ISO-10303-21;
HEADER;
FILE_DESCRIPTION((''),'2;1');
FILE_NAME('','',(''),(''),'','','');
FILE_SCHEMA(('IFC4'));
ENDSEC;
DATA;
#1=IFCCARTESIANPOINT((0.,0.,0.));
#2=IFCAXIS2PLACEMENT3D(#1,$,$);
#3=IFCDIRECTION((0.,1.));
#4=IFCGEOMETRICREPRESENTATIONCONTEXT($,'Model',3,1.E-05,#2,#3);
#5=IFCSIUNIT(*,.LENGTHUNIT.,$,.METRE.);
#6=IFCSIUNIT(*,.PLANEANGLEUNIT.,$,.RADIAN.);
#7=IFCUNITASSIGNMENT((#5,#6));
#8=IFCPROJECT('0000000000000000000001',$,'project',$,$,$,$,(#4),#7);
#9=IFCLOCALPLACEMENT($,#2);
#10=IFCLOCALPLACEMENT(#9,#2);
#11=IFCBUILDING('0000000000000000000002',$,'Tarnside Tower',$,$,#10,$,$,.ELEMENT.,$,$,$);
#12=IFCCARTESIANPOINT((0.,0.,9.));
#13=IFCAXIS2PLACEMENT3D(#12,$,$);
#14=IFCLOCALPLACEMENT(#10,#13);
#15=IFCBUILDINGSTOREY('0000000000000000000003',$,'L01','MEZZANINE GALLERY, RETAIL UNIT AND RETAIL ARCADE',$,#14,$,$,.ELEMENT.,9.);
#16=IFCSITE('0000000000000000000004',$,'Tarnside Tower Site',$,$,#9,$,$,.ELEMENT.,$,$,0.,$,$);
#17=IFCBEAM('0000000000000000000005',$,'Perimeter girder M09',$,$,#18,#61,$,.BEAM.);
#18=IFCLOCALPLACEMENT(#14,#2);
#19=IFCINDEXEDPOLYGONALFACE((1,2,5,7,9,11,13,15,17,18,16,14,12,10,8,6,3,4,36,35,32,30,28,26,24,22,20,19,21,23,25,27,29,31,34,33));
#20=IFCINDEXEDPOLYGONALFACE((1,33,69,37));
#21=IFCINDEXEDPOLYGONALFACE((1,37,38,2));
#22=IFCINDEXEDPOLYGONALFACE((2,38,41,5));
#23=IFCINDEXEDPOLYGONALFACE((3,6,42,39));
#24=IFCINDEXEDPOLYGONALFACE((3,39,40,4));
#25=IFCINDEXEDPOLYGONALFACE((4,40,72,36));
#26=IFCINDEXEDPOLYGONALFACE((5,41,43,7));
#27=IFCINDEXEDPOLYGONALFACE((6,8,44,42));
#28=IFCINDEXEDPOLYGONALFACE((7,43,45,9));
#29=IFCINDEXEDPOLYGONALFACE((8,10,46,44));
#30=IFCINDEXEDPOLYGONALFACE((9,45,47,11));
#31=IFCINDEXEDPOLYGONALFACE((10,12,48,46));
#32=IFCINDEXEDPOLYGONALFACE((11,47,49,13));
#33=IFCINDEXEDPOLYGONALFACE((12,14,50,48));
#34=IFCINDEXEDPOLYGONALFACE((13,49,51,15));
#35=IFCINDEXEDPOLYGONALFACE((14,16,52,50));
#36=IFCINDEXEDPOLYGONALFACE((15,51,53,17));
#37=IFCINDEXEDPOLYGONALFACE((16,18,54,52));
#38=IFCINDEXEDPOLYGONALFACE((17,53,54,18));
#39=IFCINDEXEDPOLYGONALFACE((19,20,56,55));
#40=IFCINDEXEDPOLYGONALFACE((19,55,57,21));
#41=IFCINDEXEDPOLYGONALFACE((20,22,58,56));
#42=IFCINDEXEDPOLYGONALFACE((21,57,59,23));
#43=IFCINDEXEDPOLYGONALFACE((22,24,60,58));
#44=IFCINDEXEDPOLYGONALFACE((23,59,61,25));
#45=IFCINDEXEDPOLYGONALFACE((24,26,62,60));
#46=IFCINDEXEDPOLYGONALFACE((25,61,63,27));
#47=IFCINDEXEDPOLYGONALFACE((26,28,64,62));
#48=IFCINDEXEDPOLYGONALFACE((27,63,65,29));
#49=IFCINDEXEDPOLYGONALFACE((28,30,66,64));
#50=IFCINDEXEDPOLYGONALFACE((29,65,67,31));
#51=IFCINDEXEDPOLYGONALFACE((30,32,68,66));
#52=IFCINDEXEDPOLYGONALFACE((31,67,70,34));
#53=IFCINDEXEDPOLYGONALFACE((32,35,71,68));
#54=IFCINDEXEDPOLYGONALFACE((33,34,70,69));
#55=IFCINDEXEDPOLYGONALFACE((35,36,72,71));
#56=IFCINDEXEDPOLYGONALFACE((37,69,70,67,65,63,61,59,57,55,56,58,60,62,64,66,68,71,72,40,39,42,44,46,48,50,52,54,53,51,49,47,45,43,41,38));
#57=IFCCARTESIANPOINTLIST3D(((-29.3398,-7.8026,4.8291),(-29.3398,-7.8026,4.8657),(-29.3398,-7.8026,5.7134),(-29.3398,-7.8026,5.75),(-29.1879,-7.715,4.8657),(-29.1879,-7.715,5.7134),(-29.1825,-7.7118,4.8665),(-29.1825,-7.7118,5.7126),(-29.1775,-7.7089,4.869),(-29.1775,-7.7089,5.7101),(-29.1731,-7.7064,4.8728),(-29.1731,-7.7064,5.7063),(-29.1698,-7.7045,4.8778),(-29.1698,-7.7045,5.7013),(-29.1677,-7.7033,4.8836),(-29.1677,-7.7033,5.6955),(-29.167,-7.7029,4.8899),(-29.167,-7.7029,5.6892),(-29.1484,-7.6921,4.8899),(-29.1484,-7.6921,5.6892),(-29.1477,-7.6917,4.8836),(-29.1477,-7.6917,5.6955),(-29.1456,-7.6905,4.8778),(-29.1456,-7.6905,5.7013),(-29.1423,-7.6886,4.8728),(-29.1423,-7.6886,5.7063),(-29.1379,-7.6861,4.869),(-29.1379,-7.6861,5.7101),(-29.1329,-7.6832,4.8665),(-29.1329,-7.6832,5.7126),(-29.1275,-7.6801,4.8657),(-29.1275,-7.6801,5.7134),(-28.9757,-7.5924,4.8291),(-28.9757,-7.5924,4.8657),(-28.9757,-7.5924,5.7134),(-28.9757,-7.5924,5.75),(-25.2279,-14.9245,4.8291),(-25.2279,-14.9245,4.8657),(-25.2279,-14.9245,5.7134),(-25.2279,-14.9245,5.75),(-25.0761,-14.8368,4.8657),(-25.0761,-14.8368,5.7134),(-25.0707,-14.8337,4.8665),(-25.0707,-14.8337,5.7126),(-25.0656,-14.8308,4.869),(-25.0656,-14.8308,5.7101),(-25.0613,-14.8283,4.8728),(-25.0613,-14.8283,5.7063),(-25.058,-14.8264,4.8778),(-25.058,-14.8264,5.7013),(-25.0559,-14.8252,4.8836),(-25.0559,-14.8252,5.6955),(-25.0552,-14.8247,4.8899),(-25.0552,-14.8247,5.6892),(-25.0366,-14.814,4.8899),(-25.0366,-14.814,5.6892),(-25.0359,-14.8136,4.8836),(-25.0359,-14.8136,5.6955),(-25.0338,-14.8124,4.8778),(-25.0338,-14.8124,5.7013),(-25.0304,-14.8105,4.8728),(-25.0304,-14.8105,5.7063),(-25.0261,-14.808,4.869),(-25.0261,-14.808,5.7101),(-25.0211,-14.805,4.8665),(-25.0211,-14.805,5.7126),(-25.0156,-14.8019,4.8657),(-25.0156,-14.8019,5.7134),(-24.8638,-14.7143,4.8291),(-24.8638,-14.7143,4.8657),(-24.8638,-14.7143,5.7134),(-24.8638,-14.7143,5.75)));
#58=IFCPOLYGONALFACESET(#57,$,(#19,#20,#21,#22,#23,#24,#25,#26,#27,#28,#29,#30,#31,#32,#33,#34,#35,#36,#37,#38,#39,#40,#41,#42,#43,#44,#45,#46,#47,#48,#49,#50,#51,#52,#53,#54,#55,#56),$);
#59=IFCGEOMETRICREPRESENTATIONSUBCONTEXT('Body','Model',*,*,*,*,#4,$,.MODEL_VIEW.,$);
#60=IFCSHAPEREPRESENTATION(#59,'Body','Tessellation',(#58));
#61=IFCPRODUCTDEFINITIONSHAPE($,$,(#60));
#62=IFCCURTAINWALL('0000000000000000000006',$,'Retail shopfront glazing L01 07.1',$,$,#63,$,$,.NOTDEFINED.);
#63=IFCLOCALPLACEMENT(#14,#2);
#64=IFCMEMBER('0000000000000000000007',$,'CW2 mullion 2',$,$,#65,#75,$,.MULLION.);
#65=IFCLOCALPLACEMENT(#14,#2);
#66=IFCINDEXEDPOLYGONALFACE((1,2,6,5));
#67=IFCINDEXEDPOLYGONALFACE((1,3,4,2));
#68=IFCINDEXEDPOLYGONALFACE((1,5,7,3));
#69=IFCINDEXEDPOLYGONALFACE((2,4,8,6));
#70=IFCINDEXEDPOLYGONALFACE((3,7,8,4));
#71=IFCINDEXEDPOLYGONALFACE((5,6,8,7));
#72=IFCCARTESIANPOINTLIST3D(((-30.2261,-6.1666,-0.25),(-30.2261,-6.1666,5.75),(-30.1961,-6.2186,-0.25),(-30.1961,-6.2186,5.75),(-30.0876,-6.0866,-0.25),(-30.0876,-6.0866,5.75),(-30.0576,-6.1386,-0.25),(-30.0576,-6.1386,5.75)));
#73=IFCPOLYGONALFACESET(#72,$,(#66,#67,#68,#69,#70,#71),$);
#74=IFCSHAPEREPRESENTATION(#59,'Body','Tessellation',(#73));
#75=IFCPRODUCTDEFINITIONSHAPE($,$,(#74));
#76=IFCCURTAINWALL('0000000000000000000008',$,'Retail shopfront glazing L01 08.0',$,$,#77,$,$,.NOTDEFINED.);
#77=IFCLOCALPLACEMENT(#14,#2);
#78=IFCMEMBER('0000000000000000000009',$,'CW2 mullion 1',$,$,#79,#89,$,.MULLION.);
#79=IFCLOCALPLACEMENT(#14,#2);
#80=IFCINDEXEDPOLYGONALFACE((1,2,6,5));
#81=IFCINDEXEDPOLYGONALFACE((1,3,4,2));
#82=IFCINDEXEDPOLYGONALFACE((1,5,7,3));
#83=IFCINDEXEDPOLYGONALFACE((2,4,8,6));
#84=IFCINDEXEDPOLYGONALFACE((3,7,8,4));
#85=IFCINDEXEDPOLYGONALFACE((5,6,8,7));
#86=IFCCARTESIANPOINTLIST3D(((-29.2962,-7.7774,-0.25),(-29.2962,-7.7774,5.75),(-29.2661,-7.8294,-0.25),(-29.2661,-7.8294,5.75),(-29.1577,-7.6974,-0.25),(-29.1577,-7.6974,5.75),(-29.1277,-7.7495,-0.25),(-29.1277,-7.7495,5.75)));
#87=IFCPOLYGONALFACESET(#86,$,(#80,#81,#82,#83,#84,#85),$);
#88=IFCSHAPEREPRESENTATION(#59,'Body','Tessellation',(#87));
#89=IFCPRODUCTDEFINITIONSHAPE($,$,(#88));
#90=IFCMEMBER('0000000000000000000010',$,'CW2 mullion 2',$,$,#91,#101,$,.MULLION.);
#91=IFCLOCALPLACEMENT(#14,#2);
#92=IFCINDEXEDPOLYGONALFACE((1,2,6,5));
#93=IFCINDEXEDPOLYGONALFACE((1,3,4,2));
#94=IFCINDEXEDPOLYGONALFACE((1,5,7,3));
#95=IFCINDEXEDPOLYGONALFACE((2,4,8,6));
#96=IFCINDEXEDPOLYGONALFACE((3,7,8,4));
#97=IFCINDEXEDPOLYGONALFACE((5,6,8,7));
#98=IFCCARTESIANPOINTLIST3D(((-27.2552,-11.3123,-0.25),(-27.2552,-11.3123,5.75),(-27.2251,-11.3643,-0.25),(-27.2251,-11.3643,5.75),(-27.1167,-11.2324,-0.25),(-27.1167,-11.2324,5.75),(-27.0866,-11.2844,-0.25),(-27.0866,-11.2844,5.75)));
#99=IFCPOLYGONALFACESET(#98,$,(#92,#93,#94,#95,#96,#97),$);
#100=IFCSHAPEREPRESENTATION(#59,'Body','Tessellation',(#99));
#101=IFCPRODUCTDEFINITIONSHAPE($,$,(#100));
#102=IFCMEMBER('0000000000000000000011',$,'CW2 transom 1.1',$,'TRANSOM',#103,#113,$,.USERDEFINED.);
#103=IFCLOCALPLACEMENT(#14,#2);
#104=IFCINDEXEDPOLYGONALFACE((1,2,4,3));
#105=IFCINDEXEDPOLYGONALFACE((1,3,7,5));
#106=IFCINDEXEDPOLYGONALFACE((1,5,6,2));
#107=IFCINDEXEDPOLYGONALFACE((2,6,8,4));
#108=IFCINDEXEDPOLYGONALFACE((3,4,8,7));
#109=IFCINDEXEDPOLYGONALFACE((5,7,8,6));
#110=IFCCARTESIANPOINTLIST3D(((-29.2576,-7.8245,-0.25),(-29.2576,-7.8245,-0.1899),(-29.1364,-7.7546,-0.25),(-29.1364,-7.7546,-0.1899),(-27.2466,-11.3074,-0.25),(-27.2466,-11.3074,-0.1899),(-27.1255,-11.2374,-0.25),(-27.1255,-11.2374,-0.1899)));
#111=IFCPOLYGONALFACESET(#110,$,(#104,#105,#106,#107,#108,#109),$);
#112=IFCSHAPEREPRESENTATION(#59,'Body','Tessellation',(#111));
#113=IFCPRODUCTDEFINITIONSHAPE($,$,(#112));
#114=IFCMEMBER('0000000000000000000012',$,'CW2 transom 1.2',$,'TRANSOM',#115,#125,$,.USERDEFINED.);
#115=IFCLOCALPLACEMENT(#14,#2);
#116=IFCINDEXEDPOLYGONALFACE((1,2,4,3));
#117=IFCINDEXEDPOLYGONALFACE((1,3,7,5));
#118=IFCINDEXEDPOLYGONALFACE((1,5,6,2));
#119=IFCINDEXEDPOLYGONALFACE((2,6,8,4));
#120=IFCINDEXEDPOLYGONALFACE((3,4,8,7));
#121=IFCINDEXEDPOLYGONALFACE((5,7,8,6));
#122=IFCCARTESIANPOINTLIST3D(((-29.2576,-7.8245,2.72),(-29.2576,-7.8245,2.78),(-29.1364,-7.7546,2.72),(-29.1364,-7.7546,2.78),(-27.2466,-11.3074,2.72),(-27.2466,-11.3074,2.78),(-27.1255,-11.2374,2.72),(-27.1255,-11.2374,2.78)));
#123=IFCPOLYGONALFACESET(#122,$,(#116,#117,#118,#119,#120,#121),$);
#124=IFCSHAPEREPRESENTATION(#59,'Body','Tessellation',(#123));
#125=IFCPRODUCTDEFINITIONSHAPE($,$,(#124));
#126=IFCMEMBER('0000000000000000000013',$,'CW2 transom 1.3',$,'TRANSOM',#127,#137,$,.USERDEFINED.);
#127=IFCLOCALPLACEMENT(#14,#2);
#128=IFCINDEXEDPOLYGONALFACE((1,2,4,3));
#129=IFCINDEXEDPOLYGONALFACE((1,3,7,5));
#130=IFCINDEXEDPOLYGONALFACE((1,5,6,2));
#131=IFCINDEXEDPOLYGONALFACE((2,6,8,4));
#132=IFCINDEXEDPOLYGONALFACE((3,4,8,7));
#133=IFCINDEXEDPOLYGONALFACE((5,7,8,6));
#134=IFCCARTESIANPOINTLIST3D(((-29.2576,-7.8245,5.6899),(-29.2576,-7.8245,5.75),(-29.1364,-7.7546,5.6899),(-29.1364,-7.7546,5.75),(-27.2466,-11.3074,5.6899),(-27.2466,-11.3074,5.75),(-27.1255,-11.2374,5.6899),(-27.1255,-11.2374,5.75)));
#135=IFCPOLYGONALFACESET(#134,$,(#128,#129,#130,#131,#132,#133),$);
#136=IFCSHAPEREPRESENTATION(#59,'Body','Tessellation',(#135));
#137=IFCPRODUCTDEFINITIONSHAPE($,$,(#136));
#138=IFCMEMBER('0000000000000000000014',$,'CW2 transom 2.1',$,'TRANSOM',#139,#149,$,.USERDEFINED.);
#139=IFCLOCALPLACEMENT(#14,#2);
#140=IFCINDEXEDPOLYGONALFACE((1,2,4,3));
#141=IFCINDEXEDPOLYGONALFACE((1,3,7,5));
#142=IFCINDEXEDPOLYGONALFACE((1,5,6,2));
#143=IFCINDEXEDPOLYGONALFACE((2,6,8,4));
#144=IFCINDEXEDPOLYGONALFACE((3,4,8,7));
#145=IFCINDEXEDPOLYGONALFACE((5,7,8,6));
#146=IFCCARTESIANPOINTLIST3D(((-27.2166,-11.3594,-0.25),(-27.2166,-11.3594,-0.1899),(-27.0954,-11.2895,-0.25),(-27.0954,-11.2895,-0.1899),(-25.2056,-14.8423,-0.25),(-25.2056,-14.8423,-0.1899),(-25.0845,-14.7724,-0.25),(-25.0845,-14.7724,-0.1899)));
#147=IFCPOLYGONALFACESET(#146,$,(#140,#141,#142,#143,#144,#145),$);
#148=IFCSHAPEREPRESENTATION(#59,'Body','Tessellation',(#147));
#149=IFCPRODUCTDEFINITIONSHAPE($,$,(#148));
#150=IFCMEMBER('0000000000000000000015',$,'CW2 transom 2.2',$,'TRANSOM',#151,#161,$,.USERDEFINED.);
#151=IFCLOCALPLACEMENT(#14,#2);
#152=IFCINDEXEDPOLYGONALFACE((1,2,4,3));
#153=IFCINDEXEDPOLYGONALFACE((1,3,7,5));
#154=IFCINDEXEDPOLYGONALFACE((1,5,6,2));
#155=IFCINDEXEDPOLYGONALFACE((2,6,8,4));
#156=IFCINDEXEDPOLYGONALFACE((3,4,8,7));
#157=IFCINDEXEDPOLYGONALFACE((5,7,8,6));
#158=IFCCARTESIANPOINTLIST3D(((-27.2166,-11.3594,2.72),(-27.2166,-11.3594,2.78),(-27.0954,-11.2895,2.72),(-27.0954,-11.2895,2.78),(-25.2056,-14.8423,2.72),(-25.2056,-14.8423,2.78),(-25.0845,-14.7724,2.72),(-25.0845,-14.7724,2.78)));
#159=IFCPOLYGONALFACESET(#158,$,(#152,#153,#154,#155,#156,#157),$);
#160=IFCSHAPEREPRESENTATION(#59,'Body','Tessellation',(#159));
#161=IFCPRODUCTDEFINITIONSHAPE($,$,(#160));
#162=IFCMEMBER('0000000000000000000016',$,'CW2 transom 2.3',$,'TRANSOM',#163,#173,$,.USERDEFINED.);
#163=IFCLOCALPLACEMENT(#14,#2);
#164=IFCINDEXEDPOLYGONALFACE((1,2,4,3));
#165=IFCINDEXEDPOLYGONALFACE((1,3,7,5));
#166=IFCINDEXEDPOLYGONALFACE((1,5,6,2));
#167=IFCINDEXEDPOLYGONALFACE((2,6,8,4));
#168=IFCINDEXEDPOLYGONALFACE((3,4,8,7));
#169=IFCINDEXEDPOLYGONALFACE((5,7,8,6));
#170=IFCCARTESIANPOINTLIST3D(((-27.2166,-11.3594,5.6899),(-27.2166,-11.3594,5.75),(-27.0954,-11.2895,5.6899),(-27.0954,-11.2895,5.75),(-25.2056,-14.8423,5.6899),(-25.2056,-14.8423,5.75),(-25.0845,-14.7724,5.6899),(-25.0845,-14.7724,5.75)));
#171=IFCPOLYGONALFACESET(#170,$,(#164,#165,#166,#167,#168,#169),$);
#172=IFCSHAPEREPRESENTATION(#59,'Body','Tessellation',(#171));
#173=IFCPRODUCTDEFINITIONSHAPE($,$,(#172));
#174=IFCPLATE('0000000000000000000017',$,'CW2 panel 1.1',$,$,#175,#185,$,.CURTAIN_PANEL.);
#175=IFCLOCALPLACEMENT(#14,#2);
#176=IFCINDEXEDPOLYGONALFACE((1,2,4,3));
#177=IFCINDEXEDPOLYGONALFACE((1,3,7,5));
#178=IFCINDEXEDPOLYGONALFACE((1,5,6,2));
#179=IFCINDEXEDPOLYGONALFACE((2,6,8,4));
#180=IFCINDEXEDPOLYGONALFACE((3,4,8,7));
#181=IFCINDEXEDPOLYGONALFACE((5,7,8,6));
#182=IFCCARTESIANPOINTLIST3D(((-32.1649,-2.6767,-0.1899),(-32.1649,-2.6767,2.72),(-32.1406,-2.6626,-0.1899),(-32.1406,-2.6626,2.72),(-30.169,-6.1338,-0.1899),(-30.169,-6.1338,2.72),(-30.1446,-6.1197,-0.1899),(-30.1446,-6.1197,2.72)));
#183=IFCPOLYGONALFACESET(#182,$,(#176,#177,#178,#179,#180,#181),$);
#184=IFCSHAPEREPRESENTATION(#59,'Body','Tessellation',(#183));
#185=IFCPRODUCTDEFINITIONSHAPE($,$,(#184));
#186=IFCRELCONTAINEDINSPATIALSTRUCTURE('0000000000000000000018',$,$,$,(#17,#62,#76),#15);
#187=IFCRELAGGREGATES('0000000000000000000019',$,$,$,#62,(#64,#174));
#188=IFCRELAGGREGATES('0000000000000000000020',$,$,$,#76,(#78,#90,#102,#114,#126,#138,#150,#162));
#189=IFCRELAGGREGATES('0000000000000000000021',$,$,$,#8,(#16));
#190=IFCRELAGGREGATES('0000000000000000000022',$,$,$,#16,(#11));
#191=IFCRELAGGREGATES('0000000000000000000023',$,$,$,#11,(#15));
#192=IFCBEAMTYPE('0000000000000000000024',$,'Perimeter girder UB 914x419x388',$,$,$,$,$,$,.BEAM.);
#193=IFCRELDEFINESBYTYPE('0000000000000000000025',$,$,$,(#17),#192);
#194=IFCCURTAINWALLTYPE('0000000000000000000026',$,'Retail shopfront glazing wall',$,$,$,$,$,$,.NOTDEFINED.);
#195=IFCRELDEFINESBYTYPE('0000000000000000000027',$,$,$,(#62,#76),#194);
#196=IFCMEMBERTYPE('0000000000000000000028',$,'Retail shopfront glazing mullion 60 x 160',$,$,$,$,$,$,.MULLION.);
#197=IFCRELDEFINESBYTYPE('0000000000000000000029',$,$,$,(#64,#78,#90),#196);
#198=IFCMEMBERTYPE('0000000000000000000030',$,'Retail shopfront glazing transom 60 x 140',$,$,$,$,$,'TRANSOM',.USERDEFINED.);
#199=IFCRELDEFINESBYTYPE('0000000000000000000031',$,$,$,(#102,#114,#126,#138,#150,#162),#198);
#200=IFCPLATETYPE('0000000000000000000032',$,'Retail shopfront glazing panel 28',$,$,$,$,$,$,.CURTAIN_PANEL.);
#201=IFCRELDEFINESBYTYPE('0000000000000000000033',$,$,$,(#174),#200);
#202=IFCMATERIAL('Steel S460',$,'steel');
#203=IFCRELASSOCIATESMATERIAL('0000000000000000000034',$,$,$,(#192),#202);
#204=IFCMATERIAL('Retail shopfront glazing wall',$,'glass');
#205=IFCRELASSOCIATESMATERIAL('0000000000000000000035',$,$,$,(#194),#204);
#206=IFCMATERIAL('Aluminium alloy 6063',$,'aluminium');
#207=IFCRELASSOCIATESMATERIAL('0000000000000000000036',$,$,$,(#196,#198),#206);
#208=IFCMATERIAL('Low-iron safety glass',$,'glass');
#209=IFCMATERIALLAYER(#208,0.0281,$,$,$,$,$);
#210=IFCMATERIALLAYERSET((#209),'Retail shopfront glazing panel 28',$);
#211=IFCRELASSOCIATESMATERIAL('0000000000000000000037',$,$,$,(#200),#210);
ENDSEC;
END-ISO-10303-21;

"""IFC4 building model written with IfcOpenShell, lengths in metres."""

from ifc_helpers import new_model, si_unit, direction, frame, origin, origin_2d, place, context, subcontext, project, spatial, rectangle, i_section, extrude, material, layer, layer_set, material_profile, profile_set, type_object, element, aggregate, save


model = new_model("IFC4")

# Units and contexts
model_context = context("Model", 3, precision=1e-05, world=origin(), true_north=direction((0.0, 1.0)))
body_context = subcontext(model_context, "Body", "Model", "MODEL_VIEW")
ifc_project = project(units=[si_unit("LENGTHUNIT", "METRE"), si_unit("PLANEANGLEUNIT", "RADIAN")], contexts=[model_context])

# Site, building, storey
site_placement = place(None, origin())
site = spatial("IfcSite", under=ifc_project, at=site_placement, Name="Tarnside Tower Site", CompositionType="ELEMENT", RefElevation=0.0)
building_placement = place(site_placement, origin())
building = spatial("IfcBuilding", under=site, at=building_placement, Name="Tarnside Tower", CompositionType="ELEMENT")
storey_placement = place(building_placement, frame((0.0, 0.0, 9.0)))
storey = spatial("IfcBuildingStorey", under=building, at=storey_placement, Name="L01", Description="MEZZANINE GALLERY, RETAIL UNIT AND RETAIL ARCADE", CompositionType="ELEMENT", Elevation=9.0)

# Beam
ifc_material_1 = material(Name="Steel S460", Category="steel")
ifc_material_profile_1 = material_profile(ifc_material_1, i_section(OverallWidth=0.4204, OverallDepth=0.9209, WebThickness=0.0215, FlangeThickness=0.0366, FilletRadius=0.0242, at=origin_2d()), Name="UB 914x419x388")
ifc_profile_set_1 = profile_set([ifc_material_profile_1], Name="Steel S460")
beam_type_1 = type_object("IfcBeamType", Name="Perimeter girder UB 914x419x388", PredefinedType="BEAM", material=ifc_profile_set_1)
beam_1_placement = place(storey_placement, frame((-29.1577, -7.6975, 5.2896), z_axis=(0.500003, -0.866024, 0.0), x_axis=(0.866024, 0.500003, 0.0)))
element("IfcBeam", 1, at=beam_1_placement, inside=storey, type_object=beam_type_1, Name="Perimeter girder M09", PredefinedType="BEAM", context=body_context, shape_type="SweptSolid", body=[
    extrude(i_section(OverallWidth=0.4204, OverallDepth=0.9209, WebThickness=0.0215, FlangeThickness=0.0366, FilletRadius=0.0242, at=origin_2d()), origin(), (0.0, 0.0, 1.0), 8.2236),
])

# Curtain wall, member
ifc_material_2 = material(Name="Retail shopfront glazing wall", Category="glass")
curtain_wall_type = type_object("IfcCurtainWallType", Name="Retail shopfront glazing wall", PredefinedType="NOTDEFINED", material=ifc_material_2)
curtain_wall_1_placement = place(storey_placement, origin())
curtain_wall_1 = element("IfcCurtainWall", 2, at=curtain_wall_1_placement, inside=storey, type_object=curtain_wall_type, Name="Retail shopfront glazing L01 07.1", PredefinedType="NOTDEFINED")
ifc_material_3 = material(Name="Aluminium alloy 6063", Category="aluminium")
ifc_material_profile_2 = material_profile(ifc_material_3, rectangle(XDim=0.1599, YDim=0.0601, at=origin_2d()), Name="Retail shopfront glazing mullion 60 x 160")
ifc_profile_set_2 = profile_set([ifc_material_profile_2], Name="Aluminium alloy 6063")
member_type_1 = type_object("IfcMemberType", Name="Retail shopfront glazing mullion 60 x 160", PredefinedType="MULLION", material=ifc_profile_set_2)
member_1_placement = place(storey_placement, frame((-30.1418, -6.1526, -0.25), z_axis=(0.0, 0.0, 1.0), x_axis=(0.866025, 0.5, 0.0)))
member_1 = element("IfcMember", 3, at=member_1_placement, type_object=member_type_1, Name="CW2 mullion 2", PredefinedType="MULLION", context=body_context, shape_type="SweptSolid", body=[
    extrude(rectangle(XDim=0.1599, YDim=0.0601, at=origin_2d()), origin(), (0.0, 0.0, 1.0), 6.0),
])

# Curtain wall, members
curtain_wall_2_placement = place(storey_placement, origin())
curtain_wall_2 = element("IfcCurtainWall", 4, at=curtain_wall_2_placement, inside=storey, type_object=curtain_wall_type, Name="Retail shopfront glazing L01 08.0", PredefinedType="NOTDEFINED")
member_2_placement = place(storey_placement, frame((-29.2119, -7.7634, -0.25), z_axis=(0.0, 0.0, 1.0), x_axis=(0.866025, 0.5, 0.0)))
member_2 = element("IfcMember", 5, at=member_2_placement, type_object=member_type_1, Name="CW2 mullion 1", PredefinedType="MULLION", context=body_context, shape_type="SweptSolid", body=[
    extrude(rectangle(XDim=0.1599, YDim=0.0601, at=origin_2d()), origin(), (0.0, 0.0, 1.0), 6.0),
])
member_3_placement = place(storey_placement, frame((-27.1709, -11.2983, -0.25), z_axis=(0.0, 0.0, 1.0), x_axis=(0.866025, 0.5, 0.0)))
member_3 = element("IfcMember", 6, at=member_3_placement, type_object=member_type_1, Name="CW2 mullion 2", PredefinedType="MULLION", context=body_context, shape_type="SweptSolid", body=[
    extrude(rectangle(XDim=0.1599, YDim=0.0601, at=origin_2d()), origin(), (0.0, 0.0, 1.0), 6.0),
])
ifc_material_profile_3 = material_profile(ifc_material_3, rectangle(XDim=0.1399, YDim=0.0601, at=origin_2d()), Name="Retail shopfront glazing transom 60 x 140")
ifc_profile_set_3 = profile_set([ifc_material_profile_3], Name="Aluminium alloy 6063")
member_type_2 = type_object("IfcMemberType", Name="Retail shopfront glazing transom 60 x 140", ElementType="TRANSOM", PredefinedType="USERDEFINED", material=ifc_profile_set_3)
member_4_placement = place(storey_placement, frame((-29.197, -7.7896, -0.22), z_axis=(0.500024, -0.866012, 0.0), x_axis=(0.866012, 0.500024, 0.0)))
member_4 = element("IfcMember", 7, at=member_4_placement, type_object=member_type_2, Name="CW2 transom 1.1", ObjectType="TRANSOM", PredefinedType="USERDEFINED", context=body_context, shape_type="SweptSolid", body=[
    extrude(rectangle(XDim=0.1399, YDim=0.0601, at=origin_2d()), origin(), (0.0, 0.0, 1.0), 4.0217),
])
member_5_placement = place(storey_placement, frame((-29.197, -7.7896, 2.75), z_axis=(0.500024, -0.866012, 0.0), x_axis=(0.866012, 0.500024, 0.0)))
member_5 = element("IfcMember", 8, at=member_5_placement, type_object=member_type_2, Name="CW2 transom 1.2", ObjectType="TRANSOM", PredefinedType="USERDEFINED", context=body_context, shape_type="SweptSolid", body=[
    extrude(rectangle(XDim=0.1399, YDim=0.0601, at=origin_2d()), origin(), (0.0, 0.0, 1.0), 4.0217),
])
member_6_placement = place(storey_placement, frame((-29.197, -7.7896, 5.72), z_axis=(0.500024, -0.866012, 0.0), x_axis=(0.866012, 0.500024, 0.0)))
member_6 = element("IfcMember", 9, at=member_6_placement, type_object=member_type_2, Name="CW2 transom 1.3", ObjectType="TRANSOM", PredefinedType="USERDEFINED", context=body_context, shape_type="SweptSolid", body=[
    extrude(rectangle(XDim=0.1399, YDim=0.0601, at=origin_2d()), origin(), (0.0, 0.0, 1.0), 4.0217),
])
member_7_placement = place(storey_placement, frame((-27.156, -11.3245, -0.22), z_axis=(0.500024, -0.866012, 0.0), x_axis=(0.866012, 0.500024, 0.0)))
member_7 = element("IfcMember", 10, at=member_7_placement, type_object=member_type_2, Name="CW2 transom 2.1", ObjectType="TRANSOM", PredefinedType="USERDEFINED", context=body_context, shape_type="SweptSolid", body=[
    extrude(rectangle(XDim=0.1399, YDim=0.0601, at=origin_2d()), origin(), (0.0, 0.0, 1.0), 4.0217),
])
member_8_placement = place(storey_placement, frame((-27.156, -11.3245, 2.75), z_axis=(0.500024, -0.866012, 0.0), x_axis=(0.866012, 0.500024, 0.0)))
member_8 = element("IfcMember", 11, at=member_8_placement, type_object=member_type_2, Name="CW2 transom 2.2", ObjectType="TRANSOM", PredefinedType="USERDEFINED", context=body_context, shape_type="SweptSolid", body=[
    extrude(rectangle(XDim=0.1399, YDim=0.0601, at=origin_2d()), origin(), (0.0, 0.0, 1.0), 4.0217),
])
member_9_placement = place(storey_placement, frame((-27.156, -11.3245, 5.72), z_axis=(0.500024, -0.866012, 0.0), x_axis=(0.866012, 0.500024, 0.0)))
member_9 = element("IfcMember", 12, at=member_9_placement, type_object=member_type_2, Name="CW2 transom 2.3", ObjectType="TRANSOM", PredefinedType="USERDEFINED", context=body_context, shape_type="SweptSolid", body=[
    extrude(rectangle(XDim=0.1399, YDim=0.0601, at=origin_2d()), origin(), (0.0, 0.0, 1.0), 4.0217),
])

# Plate
ifc_material_4 = material(Name="Low-iron safety glass", Category="glass")
ifc_layer_1 = layer(ifc_material_4, 0.0281)
ifc_layer_set_1 = layer_set([ifc_layer_1], Name="Retail shopfront glazing panel 28")
plate_type = type_object("IfcPlateType", Name="Retail shopfront glazing panel 28", PredefinedType="CURTAIN_PANEL", material=ifc_layer_set_1)
plate_1_placement = place(storey_placement, frame((-31.1548, -4.3982, -0.1899), z_axis=(0.0, 0.0, 1.0), x_axis=(0.5, -0.866025, 0.0)))
plate_1 = element("IfcPlate", 13, at=plate_1_placement, type_object=plate_type, Name="CW2 panel 1.1", PredefinedType="CURTAIN_PANEL", context=body_context, shape_type="SweptSolid", body=[
    extrude(rectangle(XDim=3.9919, YDim=0.0281, at=origin_2d()), origin(), (0.0, 0.0, 1.0), 2.9099),
])
aggregate(curtain_wall_1, [member_1, plate_1])
aggregate(curtain_wall_2, [member_2, member_3, member_4, member_5, member_6, member_7, member_8, member_9])

save(model, "model.ifc")
